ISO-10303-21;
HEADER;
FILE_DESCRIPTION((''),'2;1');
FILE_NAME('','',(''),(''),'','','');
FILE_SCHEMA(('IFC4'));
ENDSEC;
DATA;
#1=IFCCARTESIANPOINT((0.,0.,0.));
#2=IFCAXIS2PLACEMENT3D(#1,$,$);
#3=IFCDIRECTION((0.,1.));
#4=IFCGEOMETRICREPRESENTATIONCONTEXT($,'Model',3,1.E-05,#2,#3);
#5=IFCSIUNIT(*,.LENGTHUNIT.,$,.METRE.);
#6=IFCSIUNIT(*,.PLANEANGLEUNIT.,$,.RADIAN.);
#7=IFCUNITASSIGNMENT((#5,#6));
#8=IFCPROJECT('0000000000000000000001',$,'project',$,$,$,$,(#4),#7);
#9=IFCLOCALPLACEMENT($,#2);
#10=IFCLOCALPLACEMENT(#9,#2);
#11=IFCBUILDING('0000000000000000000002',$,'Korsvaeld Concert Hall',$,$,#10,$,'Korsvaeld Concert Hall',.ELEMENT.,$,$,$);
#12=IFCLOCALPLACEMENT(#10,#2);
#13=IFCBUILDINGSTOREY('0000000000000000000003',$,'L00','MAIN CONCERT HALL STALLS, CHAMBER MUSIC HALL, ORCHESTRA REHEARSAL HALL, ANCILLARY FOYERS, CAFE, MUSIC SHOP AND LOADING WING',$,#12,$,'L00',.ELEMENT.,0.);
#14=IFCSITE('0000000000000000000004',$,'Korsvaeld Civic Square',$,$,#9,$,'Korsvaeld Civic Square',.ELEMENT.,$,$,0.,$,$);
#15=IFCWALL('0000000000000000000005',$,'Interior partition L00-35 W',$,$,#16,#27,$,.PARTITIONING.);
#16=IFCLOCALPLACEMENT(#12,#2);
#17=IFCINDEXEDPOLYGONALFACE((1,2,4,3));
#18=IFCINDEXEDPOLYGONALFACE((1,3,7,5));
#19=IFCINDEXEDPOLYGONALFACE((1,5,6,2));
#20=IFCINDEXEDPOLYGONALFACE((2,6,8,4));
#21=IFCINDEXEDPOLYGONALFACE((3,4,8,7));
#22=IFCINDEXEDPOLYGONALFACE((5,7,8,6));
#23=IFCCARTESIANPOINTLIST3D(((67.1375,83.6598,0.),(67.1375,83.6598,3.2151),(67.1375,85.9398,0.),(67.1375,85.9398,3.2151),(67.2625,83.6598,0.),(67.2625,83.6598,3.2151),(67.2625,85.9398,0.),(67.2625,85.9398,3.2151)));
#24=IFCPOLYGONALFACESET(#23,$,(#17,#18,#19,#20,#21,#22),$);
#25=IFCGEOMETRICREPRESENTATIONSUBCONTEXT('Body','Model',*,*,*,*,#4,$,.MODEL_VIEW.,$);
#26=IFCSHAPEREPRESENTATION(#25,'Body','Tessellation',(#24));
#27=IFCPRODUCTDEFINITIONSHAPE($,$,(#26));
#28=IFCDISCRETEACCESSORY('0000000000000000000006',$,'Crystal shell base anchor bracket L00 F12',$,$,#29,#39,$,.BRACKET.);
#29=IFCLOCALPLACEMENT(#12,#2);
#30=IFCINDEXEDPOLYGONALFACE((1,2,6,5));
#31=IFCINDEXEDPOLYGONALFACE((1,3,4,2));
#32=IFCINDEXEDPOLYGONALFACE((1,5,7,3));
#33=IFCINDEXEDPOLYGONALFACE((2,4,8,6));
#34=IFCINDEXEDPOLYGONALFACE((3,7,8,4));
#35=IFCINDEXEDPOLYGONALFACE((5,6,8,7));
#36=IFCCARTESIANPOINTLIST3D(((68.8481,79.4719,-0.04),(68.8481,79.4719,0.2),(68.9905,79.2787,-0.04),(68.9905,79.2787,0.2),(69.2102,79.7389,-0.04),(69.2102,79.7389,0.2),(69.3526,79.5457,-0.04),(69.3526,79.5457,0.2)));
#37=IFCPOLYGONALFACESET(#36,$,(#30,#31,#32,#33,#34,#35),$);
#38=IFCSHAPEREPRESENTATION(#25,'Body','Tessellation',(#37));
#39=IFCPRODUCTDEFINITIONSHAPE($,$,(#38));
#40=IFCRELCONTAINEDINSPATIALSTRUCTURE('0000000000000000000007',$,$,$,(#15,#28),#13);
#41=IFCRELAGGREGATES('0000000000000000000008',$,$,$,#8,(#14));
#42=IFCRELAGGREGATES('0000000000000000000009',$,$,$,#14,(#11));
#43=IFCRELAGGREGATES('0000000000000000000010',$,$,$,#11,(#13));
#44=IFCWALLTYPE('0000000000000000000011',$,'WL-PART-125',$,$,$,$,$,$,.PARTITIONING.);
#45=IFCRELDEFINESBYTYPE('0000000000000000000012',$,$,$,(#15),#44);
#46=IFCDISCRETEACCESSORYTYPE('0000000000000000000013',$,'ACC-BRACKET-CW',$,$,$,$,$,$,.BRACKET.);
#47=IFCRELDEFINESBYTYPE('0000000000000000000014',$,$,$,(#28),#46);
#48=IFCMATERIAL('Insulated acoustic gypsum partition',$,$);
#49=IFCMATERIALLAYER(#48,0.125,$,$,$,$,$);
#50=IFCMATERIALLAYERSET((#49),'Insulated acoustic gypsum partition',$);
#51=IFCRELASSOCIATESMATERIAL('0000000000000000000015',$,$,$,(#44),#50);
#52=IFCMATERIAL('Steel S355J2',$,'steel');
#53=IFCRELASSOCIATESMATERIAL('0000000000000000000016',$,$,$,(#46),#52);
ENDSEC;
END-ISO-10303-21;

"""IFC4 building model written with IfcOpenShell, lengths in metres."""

from ifc_helpers import new_model, si_unit, direction, frame, frame_2d, origin, origin_2d, place, context, subcontext, project, spatial, rectangle, extrude, material, layer, layer_set, type_object, element, save


model = new_model("IFC4")

# Units and contexts
model_context = context("Model", 3, precision=1e-05, world=origin(), true_north=direction((0.0, 1.0)))
body_context = subcontext(model_context, "Body", "Model", "MODEL_VIEW")
ifc_project = project(units=[si_unit("LENGTHUNIT", "METRE"), si_unit("PLANEANGLEUNIT", "RADIAN")], contexts=[model_context])

# Site, building, storey
site_placement = place(None, origin())
site = spatial("IfcSite", under=ifc_project, at=site_placement, Name="Korsvaeld Civic Square", LongName="Korsvaeld Civic Square", CompositionType="ELEMENT", RefElevation=0.0)
building_placement = place(site_placement, origin())
building = spatial("IfcBuilding", under=site, at=building_placement, Name="Korsvaeld Concert Hall", LongName="Korsvaeld Concert Hall", CompositionType="ELEMENT")
storey_placement = place(building_placement, origin())
storey = spatial("IfcBuildingStorey", under=building, at=storey_placement, Name="L00", Description="MAIN CONCERT HALL STALLS, CHAMBER MUSIC HALL, ORCHESTRA REHEARSAL HALL, ANCILLARY FOYERS, CAFE, MUSIC SHOP AND LOADING WING", LongName="L00", CompositionType="ELEMENT", Elevation=0.0)

# Shared definitions
ifc_material_1 = material(Name="Steel S355J2", Category="steel")

# Wall
ifc_material_2 = material(Name="Insulated acoustic gypsum partition")
ifc_layer_1 = layer(ifc_material_2, 0.125)
ifc_layer_set_1 = layer_set([ifc_layer_1], Name="Insulated acoustic gypsum partition")
wall_type_1 = type_object("IfcWallType", Name="WL-PART-125", PredefinedType="PARTITIONING", material=ifc_layer_set_1)
wall_1_placement = place(storey_placement, frame((67.2, 85.9399, 0.0), z_axis=(0.0, 0.0, 1.0), x_axis=(0.0, -1.0, 0.0)))
element("IfcWall", 1, at=wall_1_placement, inside=storey, type_object=wall_type_1, Name="Interior partition L00-35 W", PredefinedType="PARTITIONING", context=body_context, shape_type="SweptSolid", body=[
    extrude(rectangle(XDim=2.28, YDim=0.125, at=frame_2d((1.1401, 0.0))), origin(), (0.0, 0.0, 1.0), 3.2151),
])

# Discrete accessory
discrete_accessory_type = type_object("IfcDiscreteAccessoryType", Name="ACC-BRACKET-CW", PredefinedType="BRACKET", material=ifc_material_1)
discrete_accessory_placement = place(storey_placement, frame((69.1003, 79.5088, -0.04), z_axis=(0.0, 0.0, 1.0), x_axis=(-0.804894, -0.593419, 0.0)))
element("IfcDiscreteAccessory", 2, at=discrete_accessory_placement, inside=storey, type_object=discrete_accessory_type, Name="Crystal shell base anchor bracket L00 F12", PredefinedType="BRACKET", context=body_context, shape_type="SweptSolid", body=[
    extrude(rectangle(XDim=0.45, YDim=0.24, at=origin_2d()), origin(), (0.0, 0.0, 1.0), 0.24),
])

save(model, "model.ifc")
